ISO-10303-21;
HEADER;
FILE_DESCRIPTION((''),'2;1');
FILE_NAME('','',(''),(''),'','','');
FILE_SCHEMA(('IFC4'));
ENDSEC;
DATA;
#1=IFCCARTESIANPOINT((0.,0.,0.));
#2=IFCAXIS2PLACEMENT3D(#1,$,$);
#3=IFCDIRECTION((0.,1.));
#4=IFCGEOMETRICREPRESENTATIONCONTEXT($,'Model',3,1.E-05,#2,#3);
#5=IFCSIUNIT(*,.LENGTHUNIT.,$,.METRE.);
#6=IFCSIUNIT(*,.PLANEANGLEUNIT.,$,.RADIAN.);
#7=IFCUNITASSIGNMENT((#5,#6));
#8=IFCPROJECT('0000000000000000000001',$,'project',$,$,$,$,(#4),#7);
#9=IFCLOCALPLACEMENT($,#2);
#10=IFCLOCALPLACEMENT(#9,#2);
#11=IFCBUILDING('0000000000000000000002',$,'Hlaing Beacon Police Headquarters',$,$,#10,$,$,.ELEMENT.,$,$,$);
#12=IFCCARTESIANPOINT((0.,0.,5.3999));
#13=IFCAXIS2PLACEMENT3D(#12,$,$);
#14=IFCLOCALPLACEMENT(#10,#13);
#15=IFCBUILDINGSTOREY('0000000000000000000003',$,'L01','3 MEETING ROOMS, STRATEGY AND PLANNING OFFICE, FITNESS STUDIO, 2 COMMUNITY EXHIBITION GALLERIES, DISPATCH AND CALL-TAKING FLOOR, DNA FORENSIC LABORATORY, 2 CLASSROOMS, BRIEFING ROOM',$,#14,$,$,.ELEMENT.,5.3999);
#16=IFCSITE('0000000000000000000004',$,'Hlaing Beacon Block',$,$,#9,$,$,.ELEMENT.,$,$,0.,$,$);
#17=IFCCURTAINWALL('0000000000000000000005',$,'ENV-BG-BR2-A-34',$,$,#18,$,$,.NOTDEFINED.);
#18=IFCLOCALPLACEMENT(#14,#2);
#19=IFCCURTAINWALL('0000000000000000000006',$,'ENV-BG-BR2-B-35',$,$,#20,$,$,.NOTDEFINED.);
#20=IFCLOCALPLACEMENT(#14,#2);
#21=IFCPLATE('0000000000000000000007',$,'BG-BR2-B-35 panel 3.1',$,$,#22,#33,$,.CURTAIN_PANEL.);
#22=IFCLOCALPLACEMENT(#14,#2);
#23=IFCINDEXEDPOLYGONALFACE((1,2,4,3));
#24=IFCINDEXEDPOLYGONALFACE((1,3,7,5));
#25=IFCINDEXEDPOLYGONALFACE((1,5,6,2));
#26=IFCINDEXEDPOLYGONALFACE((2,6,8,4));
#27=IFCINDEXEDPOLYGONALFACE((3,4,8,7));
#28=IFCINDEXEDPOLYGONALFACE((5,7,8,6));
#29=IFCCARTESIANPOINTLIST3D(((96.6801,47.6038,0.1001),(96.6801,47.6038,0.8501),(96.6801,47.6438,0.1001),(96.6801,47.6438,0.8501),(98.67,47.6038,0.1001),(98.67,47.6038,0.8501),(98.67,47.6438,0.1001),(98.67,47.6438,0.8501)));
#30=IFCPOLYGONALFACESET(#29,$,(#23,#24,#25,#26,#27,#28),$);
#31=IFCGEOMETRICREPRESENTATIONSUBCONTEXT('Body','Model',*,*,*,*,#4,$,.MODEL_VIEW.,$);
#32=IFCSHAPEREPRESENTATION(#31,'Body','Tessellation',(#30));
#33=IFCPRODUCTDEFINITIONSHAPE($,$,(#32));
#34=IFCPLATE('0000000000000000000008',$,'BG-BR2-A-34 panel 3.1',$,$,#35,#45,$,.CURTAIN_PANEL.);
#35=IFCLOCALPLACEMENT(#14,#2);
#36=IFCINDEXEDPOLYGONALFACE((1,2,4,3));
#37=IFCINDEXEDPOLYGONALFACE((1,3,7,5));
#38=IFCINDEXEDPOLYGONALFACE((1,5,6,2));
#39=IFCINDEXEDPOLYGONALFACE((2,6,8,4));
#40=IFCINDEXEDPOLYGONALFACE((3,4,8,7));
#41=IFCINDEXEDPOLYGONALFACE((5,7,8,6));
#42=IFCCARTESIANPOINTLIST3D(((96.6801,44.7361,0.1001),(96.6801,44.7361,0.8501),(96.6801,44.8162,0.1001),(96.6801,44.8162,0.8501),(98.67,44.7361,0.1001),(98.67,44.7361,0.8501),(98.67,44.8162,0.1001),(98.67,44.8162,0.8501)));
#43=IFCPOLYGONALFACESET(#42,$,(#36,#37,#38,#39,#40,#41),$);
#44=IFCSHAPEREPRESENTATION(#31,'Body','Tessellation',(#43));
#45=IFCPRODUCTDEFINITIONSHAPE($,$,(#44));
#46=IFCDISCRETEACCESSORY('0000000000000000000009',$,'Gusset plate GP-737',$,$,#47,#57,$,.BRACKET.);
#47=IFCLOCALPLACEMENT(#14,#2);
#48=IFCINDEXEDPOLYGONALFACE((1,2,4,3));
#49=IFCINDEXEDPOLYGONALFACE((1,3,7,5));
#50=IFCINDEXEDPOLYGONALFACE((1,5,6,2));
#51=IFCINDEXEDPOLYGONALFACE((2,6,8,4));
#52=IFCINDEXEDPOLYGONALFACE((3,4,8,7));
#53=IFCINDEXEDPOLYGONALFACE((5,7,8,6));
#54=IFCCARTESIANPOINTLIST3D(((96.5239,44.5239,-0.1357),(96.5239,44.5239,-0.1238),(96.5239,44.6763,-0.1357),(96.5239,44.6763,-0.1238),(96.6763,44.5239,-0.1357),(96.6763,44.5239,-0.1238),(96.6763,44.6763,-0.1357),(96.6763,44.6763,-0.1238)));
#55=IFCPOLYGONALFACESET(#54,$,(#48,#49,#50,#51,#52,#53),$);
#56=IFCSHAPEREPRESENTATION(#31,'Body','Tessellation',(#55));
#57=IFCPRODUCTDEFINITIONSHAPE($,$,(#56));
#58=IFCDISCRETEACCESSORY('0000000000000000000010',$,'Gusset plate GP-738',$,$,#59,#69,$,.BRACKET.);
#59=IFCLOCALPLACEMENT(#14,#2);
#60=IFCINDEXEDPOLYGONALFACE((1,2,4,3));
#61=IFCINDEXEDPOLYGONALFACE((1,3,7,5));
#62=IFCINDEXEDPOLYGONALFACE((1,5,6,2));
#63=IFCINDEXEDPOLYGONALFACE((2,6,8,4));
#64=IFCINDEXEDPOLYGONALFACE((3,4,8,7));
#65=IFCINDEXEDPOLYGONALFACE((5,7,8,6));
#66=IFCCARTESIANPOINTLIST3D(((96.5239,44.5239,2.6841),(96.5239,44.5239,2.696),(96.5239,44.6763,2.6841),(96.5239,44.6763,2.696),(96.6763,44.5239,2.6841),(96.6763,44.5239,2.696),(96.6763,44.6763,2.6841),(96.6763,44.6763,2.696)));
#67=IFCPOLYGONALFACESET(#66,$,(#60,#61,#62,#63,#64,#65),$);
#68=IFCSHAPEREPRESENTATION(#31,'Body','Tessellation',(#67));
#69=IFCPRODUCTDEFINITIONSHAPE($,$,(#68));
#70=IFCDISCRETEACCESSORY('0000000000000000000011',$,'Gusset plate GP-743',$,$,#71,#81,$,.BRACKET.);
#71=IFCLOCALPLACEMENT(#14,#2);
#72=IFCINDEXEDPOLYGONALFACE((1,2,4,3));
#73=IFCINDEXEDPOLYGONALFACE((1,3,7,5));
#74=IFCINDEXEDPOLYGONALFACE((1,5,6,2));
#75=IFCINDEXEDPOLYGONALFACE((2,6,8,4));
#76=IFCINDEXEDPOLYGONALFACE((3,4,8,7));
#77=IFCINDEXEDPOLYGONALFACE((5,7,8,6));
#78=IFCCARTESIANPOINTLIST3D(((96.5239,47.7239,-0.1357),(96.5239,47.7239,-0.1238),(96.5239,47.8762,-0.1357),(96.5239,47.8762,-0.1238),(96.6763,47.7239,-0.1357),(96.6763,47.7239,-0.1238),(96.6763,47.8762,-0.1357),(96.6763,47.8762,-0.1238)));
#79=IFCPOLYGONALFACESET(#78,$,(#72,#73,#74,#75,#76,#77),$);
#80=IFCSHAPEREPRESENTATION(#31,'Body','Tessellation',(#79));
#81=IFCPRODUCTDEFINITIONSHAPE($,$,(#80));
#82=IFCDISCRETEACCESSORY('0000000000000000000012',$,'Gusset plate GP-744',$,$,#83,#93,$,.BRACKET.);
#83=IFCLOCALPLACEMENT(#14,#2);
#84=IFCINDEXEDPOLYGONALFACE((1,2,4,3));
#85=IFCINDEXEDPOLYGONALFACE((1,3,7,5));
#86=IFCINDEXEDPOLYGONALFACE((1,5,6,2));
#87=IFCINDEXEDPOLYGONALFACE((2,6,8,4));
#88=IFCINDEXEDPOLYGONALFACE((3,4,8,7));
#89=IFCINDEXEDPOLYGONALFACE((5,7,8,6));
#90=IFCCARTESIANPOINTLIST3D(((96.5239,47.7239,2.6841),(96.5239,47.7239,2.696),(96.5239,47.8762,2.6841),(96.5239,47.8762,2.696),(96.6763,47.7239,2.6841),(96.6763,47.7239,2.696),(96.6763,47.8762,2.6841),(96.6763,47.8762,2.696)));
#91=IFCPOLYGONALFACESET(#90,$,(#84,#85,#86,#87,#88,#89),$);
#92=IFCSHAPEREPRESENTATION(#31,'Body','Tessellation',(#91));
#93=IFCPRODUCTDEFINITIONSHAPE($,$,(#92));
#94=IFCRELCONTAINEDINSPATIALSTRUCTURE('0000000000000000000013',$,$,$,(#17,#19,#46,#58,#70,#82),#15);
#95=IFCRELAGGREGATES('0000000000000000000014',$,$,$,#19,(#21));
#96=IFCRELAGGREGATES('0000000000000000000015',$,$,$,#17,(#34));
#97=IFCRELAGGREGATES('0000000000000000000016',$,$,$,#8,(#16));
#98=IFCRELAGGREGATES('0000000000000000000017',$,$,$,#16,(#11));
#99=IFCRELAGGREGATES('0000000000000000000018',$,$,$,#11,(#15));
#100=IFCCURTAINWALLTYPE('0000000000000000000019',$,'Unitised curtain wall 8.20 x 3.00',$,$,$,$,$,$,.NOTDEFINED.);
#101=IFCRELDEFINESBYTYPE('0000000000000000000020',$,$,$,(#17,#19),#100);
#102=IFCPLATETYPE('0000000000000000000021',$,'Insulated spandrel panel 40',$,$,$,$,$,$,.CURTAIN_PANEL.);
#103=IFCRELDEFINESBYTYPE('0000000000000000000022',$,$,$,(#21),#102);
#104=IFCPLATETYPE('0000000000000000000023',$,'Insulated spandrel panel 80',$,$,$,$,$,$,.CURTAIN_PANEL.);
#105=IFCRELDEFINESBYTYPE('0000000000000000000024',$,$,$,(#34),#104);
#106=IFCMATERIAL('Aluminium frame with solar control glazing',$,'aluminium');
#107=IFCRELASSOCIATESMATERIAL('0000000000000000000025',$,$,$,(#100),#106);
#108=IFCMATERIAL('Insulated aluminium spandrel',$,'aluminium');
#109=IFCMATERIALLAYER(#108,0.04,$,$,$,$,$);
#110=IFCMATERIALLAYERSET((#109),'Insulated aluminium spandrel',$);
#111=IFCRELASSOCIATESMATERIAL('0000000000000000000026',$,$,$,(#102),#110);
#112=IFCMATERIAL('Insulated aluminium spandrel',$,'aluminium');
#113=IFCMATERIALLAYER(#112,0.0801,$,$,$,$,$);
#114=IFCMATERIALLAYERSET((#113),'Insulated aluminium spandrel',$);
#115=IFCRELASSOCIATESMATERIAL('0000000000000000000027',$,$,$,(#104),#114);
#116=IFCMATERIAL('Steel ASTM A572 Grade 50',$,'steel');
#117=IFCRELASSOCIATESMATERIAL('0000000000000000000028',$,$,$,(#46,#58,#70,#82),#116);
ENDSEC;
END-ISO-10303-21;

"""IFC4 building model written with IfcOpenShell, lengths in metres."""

from ifc_helpers import new_model, si_unit, direction, frame, origin, origin_2d, place, context, subcontext, project, spatial, rectangle, extrude, material, layer, layer_set, type_object, element, aggregate, save


model = new_model("IFC4")

# Units and contexts
model_context = context("Model", 3, precision=1e-05, world=origin(), true_north=direction((0.0, 1.0)))
body_context = subcontext(model_context, "Body", "Model", "MODEL_VIEW")
ifc_project = project(units=[si_unit("LENGTHUNIT", "METRE"), si_unit("PLANEANGLEUNIT", "RADIAN")], contexts=[model_context])

# Site, building, storey
site_placement = place(None, origin())
site = spatial("IfcSite", under=ifc_project, at=site_placement, Name="Hlaing Beacon Block", CompositionType="ELEMENT", RefElevation=0.0)
building_placement = place(site_placement, origin())
building = spatial("IfcBuilding", under=site, at=building_placement, Name="Hlaing Beacon Police Headquarters", CompositionType="ELEMENT")
storey_placement = place(building_placement, frame((0.0, 0.0, 5.3999)))
storey = spatial("IfcBuildingStorey", under=building, at=storey_placement, Name="L01", Description="3 MEETING ROOMS, STRATEGY AND PLANNING OFFICE, FITNESS STUDIO, 2 COMMUNITY EXHIBITION GALLERIES, DISPATCH AND CALL-TAKING FLOOR, DNA FORENSIC LABORATORY, 2 CLASSROOMS, BRIEFING ROOM", CompositionType="ELEMENT", Elevation=5.3999)

# Curtain walls
ifc_material_1 = material(Name="Aluminium frame with solar control glazing", Category="aluminium")
curtain_wall_type = type_object("IfcCurtainWallType", Name="Unitised curtain wall 8.20 x 3.00", PredefinedType="NOTDEFINED", material=ifc_material_1)
curtain_wall_1_placement = place(storey_placement, origin())
curtain_wall_1 = element("IfcCurtainWall", 1, at=curtain_wall_1_placement, inside=storey, type_object=curtain_wall_type, Name="ENV-BG-BR2-A-34", PredefinedType="NOTDEFINED")
curtain_wall_2_placement = place(storey_placement, origin())
curtain_wall_2 = element("IfcCurtainWall", 2, at=curtain_wall_2_placement, inside=storey, type_object=curtain_wall_type, Name="ENV-BG-BR2-B-35", PredefinedType="NOTDEFINED")

# Plates
ifc_material_2 = material(Name="Insulated aluminium spandrel", Category="aluminium")
ifc_layer_1 = layer(ifc_material_2, 0.04)
ifc_layer_set_1 = layer_set([ifc_layer_1], Name="Insulated aluminium spandrel")
plate_type_1 = type_object("IfcPlateType", Name="Insulated spandrel panel 40", PredefinedType="CURTAIN_PANEL", material=ifc_layer_set_1)
plate_1_placement = place(storey_placement, frame((97.675, 47.6238, 0.1001), z_axis=(0.0, 0.0, 1.0), x_axis=(1.0, 0.0, 0.0)))
plate_1 = element("IfcPlate", 3, at=plate_1_placement, type_object=plate_type_1, Name="BG-BR2-B-35 panel 3.1", PredefinedType="CURTAIN_PANEL", context=body_context, shape_type="SweptSolid", body=[
    extrude(rectangle(XDim=1.99, YDim=0.04, at=origin_2d()), origin(), (0.0, 0.0, 1.0), 0.75),
])
aggregate(curtain_wall_2, [plate_1])
ifc_material_3 = material(Name="Insulated aluminium spandrel", Category="aluminium")
ifc_layer_2 = layer(ifc_material_3, 0.0801)
ifc_layer_set_2 = layer_set([ifc_layer_2], Name="Insulated aluminium spandrel")
plate_type_2 = type_object("IfcPlateType", Name="Insulated spandrel panel 80", PredefinedType="CURTAIN_PANEL", material=ifc_layer_set_2)
plate_2_placement = place(storey_placement, frame((97.675, 44.7761, 0.1001), z_axis=(0.0, 0.0, 1.0), x_axis=(1.0, 0.0, 0.0)))
plate_2 = element("IfcPlate", 4, at=plate_2_placement, type_object=plate_type_2, Name="BG-BR2-A-34 panel 3.1", PredefinedType="CURTAIN_PANEL", context=body_context, shape_type="SweptSolid", body=[
    extrude(rectangle(XDim=1.99, YDim=0.0801, at=origin_2d()), origin(), (0.0, 0.0, 1.0), 0.75),
])
aggregate(curtain_wall_1, [plate_2])

# Discrete accessories
ifc_material_4 = material(Name="Steel ASTM A572 Grade 50", Category="steel")
for number, where, z_axis, x_axis, name in (
    (5, (96.6001, 44.6001, -0.1238), (0.0, 0.0, -1.0), (1.0, 0.0, 0.0), "Gusset plate GP-737"),
    (6, (96.6001, 44.6001, 2.6841), (0.0, 0.0, 1.0), (1.0, 0.0, 0.0), "Gusset plate GP-738"),
    (7, (96.6001, 47.8, -0.1238), (0.0, 0.0, -1.0), (1.0, 0.0, 0.0), "Gusset plate GP-743"),
    (8, (96.6001, 47.8, 2.6841), (0.0, 0.0, 1.0), (1.0, 0.0, 0.0), "Gusset plate GP-744"),
):
    element("IfcDiscreteAccessory", number, at=place(storey_placement, frame(where, z_axis=z_axis, x_axis=x_axis)), inside=storey, material=ifc_material_4, Name=name, PredefinedType="BRACKET", context=body_context, shape_type="SweptSolid", body=[
        extrude(rectangle(XDim=0.1523, YDim=0.1523, at=origin_2d()), origin(), (0.0, 0.0, 1.0), 0.012),
    ])

save(model, "model.ifc")
